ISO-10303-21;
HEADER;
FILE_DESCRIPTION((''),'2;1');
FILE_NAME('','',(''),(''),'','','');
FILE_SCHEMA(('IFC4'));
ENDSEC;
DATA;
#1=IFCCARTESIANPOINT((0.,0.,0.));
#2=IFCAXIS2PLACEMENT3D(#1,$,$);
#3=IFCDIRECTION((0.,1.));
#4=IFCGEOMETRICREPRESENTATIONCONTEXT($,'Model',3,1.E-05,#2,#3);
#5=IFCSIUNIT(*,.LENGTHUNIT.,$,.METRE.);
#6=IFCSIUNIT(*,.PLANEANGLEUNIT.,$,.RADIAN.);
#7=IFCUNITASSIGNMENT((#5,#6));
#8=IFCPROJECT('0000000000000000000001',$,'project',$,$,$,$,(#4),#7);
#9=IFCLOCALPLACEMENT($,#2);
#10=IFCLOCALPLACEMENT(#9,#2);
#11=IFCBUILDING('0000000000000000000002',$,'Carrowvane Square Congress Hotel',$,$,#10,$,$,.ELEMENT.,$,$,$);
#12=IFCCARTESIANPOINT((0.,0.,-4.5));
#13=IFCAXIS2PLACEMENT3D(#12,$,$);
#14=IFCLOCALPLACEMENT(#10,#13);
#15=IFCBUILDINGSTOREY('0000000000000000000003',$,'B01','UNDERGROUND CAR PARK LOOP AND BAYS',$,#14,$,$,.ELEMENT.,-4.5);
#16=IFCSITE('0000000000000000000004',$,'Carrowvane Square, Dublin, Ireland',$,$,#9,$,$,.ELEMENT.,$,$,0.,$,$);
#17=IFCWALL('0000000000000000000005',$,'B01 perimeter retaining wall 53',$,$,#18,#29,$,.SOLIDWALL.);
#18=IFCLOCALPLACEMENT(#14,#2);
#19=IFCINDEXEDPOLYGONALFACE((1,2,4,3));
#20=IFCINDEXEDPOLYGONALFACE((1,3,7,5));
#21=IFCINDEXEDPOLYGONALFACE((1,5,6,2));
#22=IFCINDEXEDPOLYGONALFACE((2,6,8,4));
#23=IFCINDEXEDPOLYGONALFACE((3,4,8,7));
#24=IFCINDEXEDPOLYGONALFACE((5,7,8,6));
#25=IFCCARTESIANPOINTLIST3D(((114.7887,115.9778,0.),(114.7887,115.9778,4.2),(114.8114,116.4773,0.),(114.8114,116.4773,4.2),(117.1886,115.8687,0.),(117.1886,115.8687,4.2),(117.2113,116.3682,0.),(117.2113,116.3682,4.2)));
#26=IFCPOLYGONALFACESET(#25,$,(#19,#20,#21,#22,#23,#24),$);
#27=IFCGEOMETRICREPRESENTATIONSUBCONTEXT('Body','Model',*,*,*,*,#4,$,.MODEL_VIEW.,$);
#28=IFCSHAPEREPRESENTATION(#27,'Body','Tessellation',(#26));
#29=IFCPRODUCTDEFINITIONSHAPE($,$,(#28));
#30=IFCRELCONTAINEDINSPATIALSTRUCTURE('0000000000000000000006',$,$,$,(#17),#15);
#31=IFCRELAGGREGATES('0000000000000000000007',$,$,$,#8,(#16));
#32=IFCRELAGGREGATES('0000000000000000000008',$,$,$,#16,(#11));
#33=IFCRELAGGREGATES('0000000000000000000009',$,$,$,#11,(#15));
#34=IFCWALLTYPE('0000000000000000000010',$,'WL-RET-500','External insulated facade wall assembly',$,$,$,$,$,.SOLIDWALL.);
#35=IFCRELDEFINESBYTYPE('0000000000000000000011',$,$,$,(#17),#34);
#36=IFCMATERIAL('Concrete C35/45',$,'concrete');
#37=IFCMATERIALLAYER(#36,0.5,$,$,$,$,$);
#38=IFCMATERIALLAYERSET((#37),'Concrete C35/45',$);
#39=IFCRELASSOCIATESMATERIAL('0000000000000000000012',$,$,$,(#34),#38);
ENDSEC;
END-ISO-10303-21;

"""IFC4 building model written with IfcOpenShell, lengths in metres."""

from ifc_helpers import new_model, si_unit, direction, frame, frame_2d, origin, place, context, subcontext, project, spatial, rectangle, extrude, material, layer, layer_set, type_object, element, save


model = new_model("IFC4")

# Units and contexts
model_context = context("Model", 3, precision=1e-05, world=origin(), true_north=direction((0.0, 1.0)))
body_context = subcontext(model_context, "Body", "Model", "MODEL_VIEW")
ifc_project = project(units=[si_unit("LENGTHUNIT", "METRE"), si_unit("PLANEANGLEUNIT", "RADIAN")], contexts=[model_context])

# Site, building, storey
site_placement = place(None, origin())
site = spatial("IfcSite", under=ifc_project, at=site_placement, Name="Carrowvane Square, Dublin, Ireland", CompositionType="ELEMENT", RefElevation=0.0)
building_placement = place(site_placement, origin())
building = spatial("IfcBuilding", under=site, at=building_placement, Name="Carrowvane Square Congress Hotel", CompositionType="ELEMENT")
storey_placement = place(building_placement, frame((0.0, 0.0, -4.5)))
storey = spatial("IfcBuildingStorey", under=building, at=storey_placement, Name="B01", Description="UNDERGROUND CAR PARK LOOP AND BAYS", CompositionType="ELEMENT", Elevation=-4.5)

# Wall
ifc_material_1 = material(Name="Concrete C35/45", Category="concrete")
ifc_layer = layer(ifc_material_1, 0.5)
ifc_layer_set = layer_set([ifc_layer], Name="Concrete C35/45")
wall_type = type_object("IfcWallType", Name="WL-RET-500", Description="External insulated facade wall assembly", PredefinedType="SOLIDWALL", material=ifc_layer_set)
wall_1_placement = place(storey_placement, frame((114.8, 116.2275, 0.0), z_axis=(0.0, 0.0, 1.0), x_axis=(0.998968, -0.045426, 0.0)))
element("IfcWall", 1, at=wall_1_placement, inside=storey, type_object=wall_type, Name="B01 perimeter retaining wall 53", PredefinedType="SOLIDWALL", context=body_context, shape_type="SweptSolid", body=[
    extrude(rectangle(XDim=2.4023, YDim=0.5, at=frame_2d((1.2012, 0.0))), origin(), (0.0, 0.0, 1.0), 4.2),
])

save(model, "model.ifc")
